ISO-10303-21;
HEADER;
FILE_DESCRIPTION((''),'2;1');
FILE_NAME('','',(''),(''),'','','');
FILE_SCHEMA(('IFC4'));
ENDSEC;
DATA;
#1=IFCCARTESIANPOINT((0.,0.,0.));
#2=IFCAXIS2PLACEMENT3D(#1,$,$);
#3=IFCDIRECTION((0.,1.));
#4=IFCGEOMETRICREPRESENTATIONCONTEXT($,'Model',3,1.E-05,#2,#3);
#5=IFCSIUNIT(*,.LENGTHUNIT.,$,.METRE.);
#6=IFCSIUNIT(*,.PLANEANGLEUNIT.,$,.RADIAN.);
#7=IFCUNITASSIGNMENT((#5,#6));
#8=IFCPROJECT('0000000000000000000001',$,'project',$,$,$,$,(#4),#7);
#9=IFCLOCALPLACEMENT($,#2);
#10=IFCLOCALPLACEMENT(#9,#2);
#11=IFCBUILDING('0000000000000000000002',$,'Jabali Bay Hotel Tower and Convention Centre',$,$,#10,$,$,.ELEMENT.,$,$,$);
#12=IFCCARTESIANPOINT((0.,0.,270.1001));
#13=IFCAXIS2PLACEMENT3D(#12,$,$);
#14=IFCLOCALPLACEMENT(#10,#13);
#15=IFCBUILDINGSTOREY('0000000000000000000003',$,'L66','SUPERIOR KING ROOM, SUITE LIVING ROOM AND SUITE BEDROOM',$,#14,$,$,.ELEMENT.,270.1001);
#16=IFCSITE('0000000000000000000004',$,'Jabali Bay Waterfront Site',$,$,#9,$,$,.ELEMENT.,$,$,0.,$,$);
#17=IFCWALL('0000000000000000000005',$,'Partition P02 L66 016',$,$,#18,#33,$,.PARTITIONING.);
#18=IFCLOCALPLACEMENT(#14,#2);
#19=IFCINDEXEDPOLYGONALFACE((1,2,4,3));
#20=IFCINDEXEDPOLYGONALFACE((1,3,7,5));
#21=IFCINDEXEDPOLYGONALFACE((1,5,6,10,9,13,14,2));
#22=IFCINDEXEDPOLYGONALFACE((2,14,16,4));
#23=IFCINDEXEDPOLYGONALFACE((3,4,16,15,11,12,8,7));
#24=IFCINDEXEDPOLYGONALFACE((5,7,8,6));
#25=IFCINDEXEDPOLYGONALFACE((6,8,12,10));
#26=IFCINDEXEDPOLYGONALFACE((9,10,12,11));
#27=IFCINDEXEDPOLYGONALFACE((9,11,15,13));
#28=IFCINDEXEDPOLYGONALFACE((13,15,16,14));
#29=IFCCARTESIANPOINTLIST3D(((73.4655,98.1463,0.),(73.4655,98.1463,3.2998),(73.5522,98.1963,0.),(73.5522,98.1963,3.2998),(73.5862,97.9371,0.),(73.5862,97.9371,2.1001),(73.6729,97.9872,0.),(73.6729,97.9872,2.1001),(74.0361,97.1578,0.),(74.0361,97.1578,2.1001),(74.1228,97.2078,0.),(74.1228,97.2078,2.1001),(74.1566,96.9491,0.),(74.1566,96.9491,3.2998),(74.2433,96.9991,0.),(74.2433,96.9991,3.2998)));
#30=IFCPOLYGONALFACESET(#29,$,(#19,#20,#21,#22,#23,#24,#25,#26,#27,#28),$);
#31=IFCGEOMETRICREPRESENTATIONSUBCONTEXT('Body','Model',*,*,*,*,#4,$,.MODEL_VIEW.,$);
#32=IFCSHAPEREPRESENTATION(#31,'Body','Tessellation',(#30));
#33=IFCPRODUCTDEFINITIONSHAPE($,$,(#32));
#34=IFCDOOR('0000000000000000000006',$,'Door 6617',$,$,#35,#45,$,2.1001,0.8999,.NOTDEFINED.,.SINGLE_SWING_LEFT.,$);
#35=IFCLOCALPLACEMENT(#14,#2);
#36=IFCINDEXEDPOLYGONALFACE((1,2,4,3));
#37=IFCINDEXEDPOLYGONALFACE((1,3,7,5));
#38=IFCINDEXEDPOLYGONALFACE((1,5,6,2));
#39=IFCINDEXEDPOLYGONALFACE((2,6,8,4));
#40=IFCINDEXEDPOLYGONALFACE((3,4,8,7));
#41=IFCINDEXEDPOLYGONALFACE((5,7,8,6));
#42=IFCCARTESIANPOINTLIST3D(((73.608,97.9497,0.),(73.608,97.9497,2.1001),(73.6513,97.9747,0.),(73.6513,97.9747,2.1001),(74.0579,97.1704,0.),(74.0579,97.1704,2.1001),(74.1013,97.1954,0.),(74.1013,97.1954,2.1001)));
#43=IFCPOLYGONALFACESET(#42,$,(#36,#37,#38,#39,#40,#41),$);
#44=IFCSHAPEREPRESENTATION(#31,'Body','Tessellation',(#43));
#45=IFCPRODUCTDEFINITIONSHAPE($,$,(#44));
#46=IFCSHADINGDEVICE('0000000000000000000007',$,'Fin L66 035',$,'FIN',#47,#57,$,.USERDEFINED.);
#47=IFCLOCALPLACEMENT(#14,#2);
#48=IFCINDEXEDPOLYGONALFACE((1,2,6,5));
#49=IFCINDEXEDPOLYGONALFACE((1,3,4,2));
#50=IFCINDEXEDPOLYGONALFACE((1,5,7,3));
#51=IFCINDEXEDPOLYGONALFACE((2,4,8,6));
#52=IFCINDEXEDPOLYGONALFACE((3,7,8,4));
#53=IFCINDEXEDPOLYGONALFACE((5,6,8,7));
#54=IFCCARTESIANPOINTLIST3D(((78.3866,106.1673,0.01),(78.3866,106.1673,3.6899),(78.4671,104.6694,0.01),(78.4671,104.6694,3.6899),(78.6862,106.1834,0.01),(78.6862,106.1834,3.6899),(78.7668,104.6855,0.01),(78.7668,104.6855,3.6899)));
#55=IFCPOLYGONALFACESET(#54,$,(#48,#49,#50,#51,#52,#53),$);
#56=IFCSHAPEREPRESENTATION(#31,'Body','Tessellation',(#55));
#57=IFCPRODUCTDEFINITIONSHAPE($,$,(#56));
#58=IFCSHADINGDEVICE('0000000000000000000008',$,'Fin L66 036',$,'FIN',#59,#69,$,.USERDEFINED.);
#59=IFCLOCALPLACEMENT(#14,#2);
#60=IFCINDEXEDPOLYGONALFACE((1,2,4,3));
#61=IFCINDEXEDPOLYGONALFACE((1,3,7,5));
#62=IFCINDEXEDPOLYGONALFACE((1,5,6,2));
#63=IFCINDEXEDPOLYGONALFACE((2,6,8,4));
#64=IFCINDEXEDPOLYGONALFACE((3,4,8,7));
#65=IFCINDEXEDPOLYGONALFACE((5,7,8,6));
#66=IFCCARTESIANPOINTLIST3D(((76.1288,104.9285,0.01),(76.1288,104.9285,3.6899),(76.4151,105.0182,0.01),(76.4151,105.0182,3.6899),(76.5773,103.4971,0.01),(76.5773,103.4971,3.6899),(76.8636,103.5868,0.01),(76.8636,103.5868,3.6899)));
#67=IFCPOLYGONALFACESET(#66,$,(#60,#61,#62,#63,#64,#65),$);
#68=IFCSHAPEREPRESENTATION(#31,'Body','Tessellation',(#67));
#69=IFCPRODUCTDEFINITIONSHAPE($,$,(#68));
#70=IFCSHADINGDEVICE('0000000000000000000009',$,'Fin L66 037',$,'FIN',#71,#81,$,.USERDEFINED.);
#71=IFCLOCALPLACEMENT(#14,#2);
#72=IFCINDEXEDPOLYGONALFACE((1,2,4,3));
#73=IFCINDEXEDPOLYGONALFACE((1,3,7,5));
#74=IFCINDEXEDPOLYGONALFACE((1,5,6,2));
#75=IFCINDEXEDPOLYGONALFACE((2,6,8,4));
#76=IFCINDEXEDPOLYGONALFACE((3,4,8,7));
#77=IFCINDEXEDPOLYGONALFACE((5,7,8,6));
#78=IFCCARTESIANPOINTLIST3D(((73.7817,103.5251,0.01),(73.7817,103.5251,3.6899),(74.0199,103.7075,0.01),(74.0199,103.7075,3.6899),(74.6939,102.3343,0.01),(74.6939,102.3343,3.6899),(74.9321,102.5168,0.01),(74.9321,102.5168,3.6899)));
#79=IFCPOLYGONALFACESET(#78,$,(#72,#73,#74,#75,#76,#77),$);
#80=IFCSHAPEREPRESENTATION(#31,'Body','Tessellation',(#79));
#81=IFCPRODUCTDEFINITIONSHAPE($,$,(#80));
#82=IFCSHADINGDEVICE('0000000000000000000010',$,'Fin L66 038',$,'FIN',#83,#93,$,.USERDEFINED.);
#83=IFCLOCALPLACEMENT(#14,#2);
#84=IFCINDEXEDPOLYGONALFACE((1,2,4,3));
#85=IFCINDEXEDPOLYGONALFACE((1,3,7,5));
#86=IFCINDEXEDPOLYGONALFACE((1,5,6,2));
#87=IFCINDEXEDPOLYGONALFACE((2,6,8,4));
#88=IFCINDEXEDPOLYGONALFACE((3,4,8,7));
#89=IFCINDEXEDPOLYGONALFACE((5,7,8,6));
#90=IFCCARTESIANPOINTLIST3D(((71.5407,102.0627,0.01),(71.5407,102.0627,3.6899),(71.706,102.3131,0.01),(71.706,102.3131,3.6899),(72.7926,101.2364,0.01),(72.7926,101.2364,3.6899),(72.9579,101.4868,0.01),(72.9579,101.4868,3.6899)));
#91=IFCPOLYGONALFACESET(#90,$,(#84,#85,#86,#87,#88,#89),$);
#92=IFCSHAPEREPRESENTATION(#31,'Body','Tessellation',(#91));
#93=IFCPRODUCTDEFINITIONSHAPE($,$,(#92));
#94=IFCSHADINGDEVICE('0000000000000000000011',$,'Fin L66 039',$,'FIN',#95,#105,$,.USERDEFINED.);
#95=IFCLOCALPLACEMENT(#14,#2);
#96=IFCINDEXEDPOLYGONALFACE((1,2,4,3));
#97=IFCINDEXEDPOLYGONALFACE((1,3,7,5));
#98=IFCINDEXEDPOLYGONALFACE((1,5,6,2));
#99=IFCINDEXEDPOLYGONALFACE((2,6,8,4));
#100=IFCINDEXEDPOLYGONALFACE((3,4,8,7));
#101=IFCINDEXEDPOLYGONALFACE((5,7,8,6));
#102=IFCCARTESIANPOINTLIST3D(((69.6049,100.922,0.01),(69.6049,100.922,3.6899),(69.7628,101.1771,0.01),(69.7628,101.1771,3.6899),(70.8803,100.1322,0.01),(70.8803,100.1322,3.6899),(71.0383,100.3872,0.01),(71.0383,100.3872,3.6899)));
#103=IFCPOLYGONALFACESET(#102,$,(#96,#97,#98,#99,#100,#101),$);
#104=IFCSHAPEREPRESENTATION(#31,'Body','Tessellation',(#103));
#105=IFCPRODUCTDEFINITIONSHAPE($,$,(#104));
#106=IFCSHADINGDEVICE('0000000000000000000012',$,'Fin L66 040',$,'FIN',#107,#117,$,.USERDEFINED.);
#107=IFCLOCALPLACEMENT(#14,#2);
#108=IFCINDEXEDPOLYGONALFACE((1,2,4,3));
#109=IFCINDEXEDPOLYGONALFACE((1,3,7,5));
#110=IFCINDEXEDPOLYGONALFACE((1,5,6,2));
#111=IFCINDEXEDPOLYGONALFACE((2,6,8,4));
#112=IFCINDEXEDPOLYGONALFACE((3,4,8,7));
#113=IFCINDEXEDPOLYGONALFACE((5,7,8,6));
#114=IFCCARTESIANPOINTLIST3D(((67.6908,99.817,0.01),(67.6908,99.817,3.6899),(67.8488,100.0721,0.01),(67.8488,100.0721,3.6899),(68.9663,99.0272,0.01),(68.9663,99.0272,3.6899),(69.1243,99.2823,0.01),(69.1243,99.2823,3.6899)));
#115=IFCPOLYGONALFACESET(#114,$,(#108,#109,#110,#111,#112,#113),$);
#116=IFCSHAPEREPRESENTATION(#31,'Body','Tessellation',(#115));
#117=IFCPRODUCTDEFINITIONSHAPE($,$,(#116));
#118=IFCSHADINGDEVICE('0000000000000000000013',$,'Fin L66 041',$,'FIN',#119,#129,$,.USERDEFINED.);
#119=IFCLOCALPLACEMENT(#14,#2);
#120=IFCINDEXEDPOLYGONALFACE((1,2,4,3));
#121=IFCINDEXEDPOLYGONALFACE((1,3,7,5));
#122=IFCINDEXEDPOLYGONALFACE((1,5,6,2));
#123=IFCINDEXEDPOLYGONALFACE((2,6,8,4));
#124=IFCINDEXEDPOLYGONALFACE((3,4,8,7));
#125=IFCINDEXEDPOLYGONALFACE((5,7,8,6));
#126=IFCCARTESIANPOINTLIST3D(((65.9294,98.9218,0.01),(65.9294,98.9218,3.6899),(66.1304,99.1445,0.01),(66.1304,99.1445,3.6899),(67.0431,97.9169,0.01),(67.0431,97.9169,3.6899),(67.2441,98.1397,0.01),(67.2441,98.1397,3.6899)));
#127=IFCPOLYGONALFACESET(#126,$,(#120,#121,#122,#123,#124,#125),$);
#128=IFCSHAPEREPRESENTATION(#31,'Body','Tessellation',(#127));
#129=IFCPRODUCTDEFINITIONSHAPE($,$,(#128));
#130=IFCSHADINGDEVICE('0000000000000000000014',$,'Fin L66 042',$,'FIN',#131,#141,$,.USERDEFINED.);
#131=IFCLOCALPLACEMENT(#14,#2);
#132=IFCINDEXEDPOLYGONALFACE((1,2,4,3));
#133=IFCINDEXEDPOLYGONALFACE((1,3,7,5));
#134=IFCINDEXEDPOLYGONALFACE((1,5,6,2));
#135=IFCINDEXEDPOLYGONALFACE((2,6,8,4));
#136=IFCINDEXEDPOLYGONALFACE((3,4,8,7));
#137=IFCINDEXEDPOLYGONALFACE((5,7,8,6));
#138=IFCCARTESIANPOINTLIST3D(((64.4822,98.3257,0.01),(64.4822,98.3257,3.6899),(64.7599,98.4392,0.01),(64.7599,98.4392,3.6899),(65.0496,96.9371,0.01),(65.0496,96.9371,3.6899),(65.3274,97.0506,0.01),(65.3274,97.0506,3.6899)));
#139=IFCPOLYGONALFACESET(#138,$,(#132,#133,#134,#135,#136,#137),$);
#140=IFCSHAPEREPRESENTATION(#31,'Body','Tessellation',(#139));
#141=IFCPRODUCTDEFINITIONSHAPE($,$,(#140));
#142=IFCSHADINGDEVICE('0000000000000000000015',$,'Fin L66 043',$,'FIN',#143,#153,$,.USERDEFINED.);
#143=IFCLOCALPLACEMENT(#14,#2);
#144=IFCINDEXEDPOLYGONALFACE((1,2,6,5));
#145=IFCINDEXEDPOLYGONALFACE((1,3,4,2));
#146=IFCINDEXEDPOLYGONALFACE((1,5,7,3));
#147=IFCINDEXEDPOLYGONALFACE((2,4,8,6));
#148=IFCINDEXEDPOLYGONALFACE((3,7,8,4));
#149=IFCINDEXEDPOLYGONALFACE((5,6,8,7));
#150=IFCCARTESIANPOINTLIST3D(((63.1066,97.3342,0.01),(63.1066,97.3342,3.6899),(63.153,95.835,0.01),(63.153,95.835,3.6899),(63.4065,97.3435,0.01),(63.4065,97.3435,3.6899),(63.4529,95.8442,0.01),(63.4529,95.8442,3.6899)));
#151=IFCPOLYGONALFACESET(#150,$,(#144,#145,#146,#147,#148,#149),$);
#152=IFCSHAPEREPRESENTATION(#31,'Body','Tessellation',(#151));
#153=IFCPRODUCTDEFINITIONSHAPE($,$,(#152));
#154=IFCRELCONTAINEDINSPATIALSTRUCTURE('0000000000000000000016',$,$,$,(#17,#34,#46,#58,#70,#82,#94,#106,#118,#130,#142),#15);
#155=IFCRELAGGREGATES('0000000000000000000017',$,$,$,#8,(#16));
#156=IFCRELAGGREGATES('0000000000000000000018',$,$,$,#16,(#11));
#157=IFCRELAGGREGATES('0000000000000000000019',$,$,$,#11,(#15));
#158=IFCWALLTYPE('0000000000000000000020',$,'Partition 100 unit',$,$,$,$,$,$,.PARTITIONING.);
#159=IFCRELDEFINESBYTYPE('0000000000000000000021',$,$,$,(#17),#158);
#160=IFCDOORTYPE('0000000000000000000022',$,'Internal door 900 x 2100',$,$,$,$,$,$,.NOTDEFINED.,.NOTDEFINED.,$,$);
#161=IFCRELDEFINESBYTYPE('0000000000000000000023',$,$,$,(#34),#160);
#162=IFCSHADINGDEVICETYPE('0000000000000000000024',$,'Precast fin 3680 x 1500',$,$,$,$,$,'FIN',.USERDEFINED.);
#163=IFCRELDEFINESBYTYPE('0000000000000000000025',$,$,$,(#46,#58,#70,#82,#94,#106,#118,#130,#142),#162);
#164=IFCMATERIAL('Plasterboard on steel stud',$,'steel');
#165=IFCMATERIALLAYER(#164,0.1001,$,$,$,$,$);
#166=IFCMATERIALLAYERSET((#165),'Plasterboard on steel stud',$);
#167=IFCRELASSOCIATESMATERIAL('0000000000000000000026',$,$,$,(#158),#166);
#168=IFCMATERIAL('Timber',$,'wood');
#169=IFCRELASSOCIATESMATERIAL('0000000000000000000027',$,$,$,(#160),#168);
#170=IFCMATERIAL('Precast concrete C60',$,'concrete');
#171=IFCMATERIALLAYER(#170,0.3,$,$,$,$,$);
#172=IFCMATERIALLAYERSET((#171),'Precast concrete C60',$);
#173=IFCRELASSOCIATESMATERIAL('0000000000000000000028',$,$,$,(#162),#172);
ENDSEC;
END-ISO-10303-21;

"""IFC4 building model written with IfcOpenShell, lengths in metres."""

from ifc_helpers import new_model, si_unit, direction, frame, frame_2d, origin, place, context, subcontext, project, spatial, rectangle, extrude, material, layer, layer_set, type_object, element, fill, save


model = new_model("IFC4")

# Units and contexts
model_context = context("Model", 3, precision=1e-05, world=origin(), true_north=direction((0.0, 1.0)))
body_context = subcontext(model_context, "Body", "Model", "MODEL_VIEW")
ifc_project = project(units=[si_unit("LENGTHUNIT", "METRE"), si_unit("PLANEANGLEUNIT", "RADIAN")], contexts=[model_context])

# Site, building, storey
site_placement = place(None, origin())
site = spatial("IfcSite", under=ifc_project, at=site_placement, Name="Jabali Bay Waterfront Site", CompositionType="ELEMENT", RefElevation=0.0)
building_placement = place(site_placement, origin())
building = spatial("IfcBuilding", under=site, at=building_placement, Name="Jabali Bay Hotel Tower and Convention Centre", CompositionType="ELEMENT")
storey_placement = place(building_placement, frame((0.0, 0.0, 270.1001)))
storey = spatial("IfcBuildingStorey", under=building, at=storey_placement, Name="L66", Description="SUPERIOR KING ROOM, SUITE LIVING ROOM AND SUITE BEDROOM", CompositionType="ELEMENT", Elevation=270.1001)

# Wall, opening, door
ifc_material_1 = material(Name="Plasterboard on steel stud", Category="steel")
ifc_layer_1 = layer(ifc_material_1, 0.1001)
ifc_layer_set_1 = layer_set([ifc_layer_1], Name="Plasterboard on steel stud")
wall_type_1 = type_object("IfcWallType", Name="Partition 100 unit", PredefinedType="PARTITIONING", material=ifc_layer_set_1)
ifc_material_2 = material(Name="Timber", Category="wood")
door_type_1 = type_object("IfcDoorType", Name="Internal door 900 x 2100", OperationType="NOTDEFINED", PredefinedType="NOTDEFINED", material=ifc_material_2)
wall_1_placement = place(storey_placement, frame((74.2, 96.9741, 0.0), z_axis=(0.0, 0.0, 1.0), x_axis=(-0.499957, 0.86605, 0.0)))
wall_1 = element("IfcWall", 1, at=wall_1_placement, inside=storey, type_object=wall_type_1, Name="Partition P02 L66 016", PredefinedType="PARTITIONING", context=body_context, shape_type="SweptSolid", body=[
    extrude(rectangle(XDim=1.3823, YDim=0.1001, at=frame_2d((0.6912, 0.0))), origin(), (0.0, 0.0, 1.0), 3.2998),
])
opening_1_placement = place(wall_1_placement, frame((0.241, 0.0, 0.0)))
opening_1 = element("IfcOpeningElement", 2, at=opening_1_placement, cuts=wall_1, PredefinedType="OPENING", context=body_context, shape_type="SweptSolid", body=[
    extrude(rectangle(XDim=0.8999, YDim=2.1001, at=frame_2d((0.45, 1.05))), frame((0.0, 0.0605, 0.0), z_axis=(0.0, -1.0, 0.0), x_axis=(1.0, 0.0, 0.0)), (0.0, 0.0, 1.0), 0.1211),
])
door_1_placement = place(opening_1_placement, origin())
door_1 = element("IfcDoor", 3, at=door_1_placement, inside=storey, type_object=door_type_1, Name="Door 6617", OperationType="SINGLE_SWING_LEFT", OverallHeight=2.1001, OverallWidth=0.8999, PredefinedType="NOTDEFINED", context=body_context, shape_type="SweptSolid", body=[
    extrude(rectangle(XDim=0.8999, YDim=2.1001, at=frame_2d((0.45, 1.05))), frame((0.0, 0.0249, 0.0), z_axis=(0.0, -1.0, 0.0), x_axis=(1.0, 0.0, 0.0)), (0.0, 0.0, 1.0), 0.05),
])
fill(opening_1, door_1)

# Shading devices
ifc_material_3 = material(Name="Precast concrete C60", Category="concrete")
ifc_layer_2 = layer(ifc_material_3, 0.3)
ifc_layer_set_2 = layer_set([ifc_layer_2], Name="Precast concrete C60")
shading_device_type = type_object("IfcShadingDeviceType", Name="Precast fin 3680 x 1500", ElementType="FIN", PredefinedType="USERDEFINED", material=ifc_layer_set_2)
for number, where, z_axis, x_axis, name in (
    (4, (78.6169, 104.6775, 0.01), (0.0, 0.0, 1.0), (-0.053712, 0.998556, 0.0), "Fin L66 035"),
    (5, (76.7205, 103.542, 0.01), (0.0, 0.0, 1.0), (-0.298989, 0.954257, 0.0), "Fin L66 036"),
    (6, (74.813, 102.4255, 0.01), (0.0, 0.0, 1.0), (-0.608121, 0.793845, 0.0), "Fin L66 037"),
    (7, (72.8752, 101.3616, 0.01), (0.0, 0.0, 1.0), (-0.83457, 0.550901, 0.0), "Fin L66 038"),
):
    element("IfcShadingDevice", number, at=place(storey_placement, frame(where, z_axis=z_axis, x_axis=x_axis)), inside=storey, type_object=shading_device_type, Name=name, ObjectType="FIN", PredefinedType="USERDEFINED", context=body_context, shape_type="SweptSolid", body=[
        extrude(rectangle(XDim=1.5, YDim=0.3, at=frame_2d((0.75, 0.0))), origin(), (0.0, 0.0, 1.0), 3.6799),
    ])
for number, where, z_axis, x_axis, name in (
    (8, (70.9592, 100.2598, 0.01), (0.0, 0.0, 1.0), (-0.850185, 0.526483, 0.0), "Fin L66 039"),
    (9, (69.0452, 99.1548, 0.01), (0.0, 0.0, 1.0), (-0.850185, 0.526483, 0.0), "Fin L66 040"),
):
    element("IfcShadingDevice", number, at=place(storey_placement, frame(where, z_axis=z_axis, x_axis=x_axis)), inside=storey, type_object=shading_device_type, Name=name, ObjectType="FIN", PredefinedType="USERDEFINED", context=body_context, shape_type="SweptSolid", body=[
        extrude(rectangle(XDim=1.5002, YDim=0.3, at=frame_2d((0.75, 0.0))), origin(), (0.0, 0.0, 1.0), 3.6799),
    ])
for number, where, z_axis, x_axis, name in (
    (10, (67.1436, 98.0283, 0.01), (0.0, 0.0, 1.0), (-0.742468, 0.669881, 0.0), "Fin L66 041"),
    (11, (65.1885, 96.9939, 0.01), (0.0, 0.0, 1.0), (-0.378284, 0.925689, 0.0), "Fin L66 042"),
    (12, (63.303, 95.8396, 0.01), (0.0, 0.0, 1.0), (-0.030925, 0.999522, 0.0), "Fin L66 043"),
):
    element("IfcShadingDevice", number, at=place(storey_placement, frame(where, z_axis=z_axis, x_axis=x_axis)), inside=storey, type_object=shading_device_type, Name=name, ObjectType="FIN", PredefinedType="USERDEFINED", context=body_context, shape_type="SweptSolid", body=[
        extrude(rectangle(XDim=1.5, YDim=0.3, at=frame_2d((0.75, 0.0))), origin(), (0.0, 0.0, 1.0), 3.6799),
    ])

save(model, "model.ifc")
